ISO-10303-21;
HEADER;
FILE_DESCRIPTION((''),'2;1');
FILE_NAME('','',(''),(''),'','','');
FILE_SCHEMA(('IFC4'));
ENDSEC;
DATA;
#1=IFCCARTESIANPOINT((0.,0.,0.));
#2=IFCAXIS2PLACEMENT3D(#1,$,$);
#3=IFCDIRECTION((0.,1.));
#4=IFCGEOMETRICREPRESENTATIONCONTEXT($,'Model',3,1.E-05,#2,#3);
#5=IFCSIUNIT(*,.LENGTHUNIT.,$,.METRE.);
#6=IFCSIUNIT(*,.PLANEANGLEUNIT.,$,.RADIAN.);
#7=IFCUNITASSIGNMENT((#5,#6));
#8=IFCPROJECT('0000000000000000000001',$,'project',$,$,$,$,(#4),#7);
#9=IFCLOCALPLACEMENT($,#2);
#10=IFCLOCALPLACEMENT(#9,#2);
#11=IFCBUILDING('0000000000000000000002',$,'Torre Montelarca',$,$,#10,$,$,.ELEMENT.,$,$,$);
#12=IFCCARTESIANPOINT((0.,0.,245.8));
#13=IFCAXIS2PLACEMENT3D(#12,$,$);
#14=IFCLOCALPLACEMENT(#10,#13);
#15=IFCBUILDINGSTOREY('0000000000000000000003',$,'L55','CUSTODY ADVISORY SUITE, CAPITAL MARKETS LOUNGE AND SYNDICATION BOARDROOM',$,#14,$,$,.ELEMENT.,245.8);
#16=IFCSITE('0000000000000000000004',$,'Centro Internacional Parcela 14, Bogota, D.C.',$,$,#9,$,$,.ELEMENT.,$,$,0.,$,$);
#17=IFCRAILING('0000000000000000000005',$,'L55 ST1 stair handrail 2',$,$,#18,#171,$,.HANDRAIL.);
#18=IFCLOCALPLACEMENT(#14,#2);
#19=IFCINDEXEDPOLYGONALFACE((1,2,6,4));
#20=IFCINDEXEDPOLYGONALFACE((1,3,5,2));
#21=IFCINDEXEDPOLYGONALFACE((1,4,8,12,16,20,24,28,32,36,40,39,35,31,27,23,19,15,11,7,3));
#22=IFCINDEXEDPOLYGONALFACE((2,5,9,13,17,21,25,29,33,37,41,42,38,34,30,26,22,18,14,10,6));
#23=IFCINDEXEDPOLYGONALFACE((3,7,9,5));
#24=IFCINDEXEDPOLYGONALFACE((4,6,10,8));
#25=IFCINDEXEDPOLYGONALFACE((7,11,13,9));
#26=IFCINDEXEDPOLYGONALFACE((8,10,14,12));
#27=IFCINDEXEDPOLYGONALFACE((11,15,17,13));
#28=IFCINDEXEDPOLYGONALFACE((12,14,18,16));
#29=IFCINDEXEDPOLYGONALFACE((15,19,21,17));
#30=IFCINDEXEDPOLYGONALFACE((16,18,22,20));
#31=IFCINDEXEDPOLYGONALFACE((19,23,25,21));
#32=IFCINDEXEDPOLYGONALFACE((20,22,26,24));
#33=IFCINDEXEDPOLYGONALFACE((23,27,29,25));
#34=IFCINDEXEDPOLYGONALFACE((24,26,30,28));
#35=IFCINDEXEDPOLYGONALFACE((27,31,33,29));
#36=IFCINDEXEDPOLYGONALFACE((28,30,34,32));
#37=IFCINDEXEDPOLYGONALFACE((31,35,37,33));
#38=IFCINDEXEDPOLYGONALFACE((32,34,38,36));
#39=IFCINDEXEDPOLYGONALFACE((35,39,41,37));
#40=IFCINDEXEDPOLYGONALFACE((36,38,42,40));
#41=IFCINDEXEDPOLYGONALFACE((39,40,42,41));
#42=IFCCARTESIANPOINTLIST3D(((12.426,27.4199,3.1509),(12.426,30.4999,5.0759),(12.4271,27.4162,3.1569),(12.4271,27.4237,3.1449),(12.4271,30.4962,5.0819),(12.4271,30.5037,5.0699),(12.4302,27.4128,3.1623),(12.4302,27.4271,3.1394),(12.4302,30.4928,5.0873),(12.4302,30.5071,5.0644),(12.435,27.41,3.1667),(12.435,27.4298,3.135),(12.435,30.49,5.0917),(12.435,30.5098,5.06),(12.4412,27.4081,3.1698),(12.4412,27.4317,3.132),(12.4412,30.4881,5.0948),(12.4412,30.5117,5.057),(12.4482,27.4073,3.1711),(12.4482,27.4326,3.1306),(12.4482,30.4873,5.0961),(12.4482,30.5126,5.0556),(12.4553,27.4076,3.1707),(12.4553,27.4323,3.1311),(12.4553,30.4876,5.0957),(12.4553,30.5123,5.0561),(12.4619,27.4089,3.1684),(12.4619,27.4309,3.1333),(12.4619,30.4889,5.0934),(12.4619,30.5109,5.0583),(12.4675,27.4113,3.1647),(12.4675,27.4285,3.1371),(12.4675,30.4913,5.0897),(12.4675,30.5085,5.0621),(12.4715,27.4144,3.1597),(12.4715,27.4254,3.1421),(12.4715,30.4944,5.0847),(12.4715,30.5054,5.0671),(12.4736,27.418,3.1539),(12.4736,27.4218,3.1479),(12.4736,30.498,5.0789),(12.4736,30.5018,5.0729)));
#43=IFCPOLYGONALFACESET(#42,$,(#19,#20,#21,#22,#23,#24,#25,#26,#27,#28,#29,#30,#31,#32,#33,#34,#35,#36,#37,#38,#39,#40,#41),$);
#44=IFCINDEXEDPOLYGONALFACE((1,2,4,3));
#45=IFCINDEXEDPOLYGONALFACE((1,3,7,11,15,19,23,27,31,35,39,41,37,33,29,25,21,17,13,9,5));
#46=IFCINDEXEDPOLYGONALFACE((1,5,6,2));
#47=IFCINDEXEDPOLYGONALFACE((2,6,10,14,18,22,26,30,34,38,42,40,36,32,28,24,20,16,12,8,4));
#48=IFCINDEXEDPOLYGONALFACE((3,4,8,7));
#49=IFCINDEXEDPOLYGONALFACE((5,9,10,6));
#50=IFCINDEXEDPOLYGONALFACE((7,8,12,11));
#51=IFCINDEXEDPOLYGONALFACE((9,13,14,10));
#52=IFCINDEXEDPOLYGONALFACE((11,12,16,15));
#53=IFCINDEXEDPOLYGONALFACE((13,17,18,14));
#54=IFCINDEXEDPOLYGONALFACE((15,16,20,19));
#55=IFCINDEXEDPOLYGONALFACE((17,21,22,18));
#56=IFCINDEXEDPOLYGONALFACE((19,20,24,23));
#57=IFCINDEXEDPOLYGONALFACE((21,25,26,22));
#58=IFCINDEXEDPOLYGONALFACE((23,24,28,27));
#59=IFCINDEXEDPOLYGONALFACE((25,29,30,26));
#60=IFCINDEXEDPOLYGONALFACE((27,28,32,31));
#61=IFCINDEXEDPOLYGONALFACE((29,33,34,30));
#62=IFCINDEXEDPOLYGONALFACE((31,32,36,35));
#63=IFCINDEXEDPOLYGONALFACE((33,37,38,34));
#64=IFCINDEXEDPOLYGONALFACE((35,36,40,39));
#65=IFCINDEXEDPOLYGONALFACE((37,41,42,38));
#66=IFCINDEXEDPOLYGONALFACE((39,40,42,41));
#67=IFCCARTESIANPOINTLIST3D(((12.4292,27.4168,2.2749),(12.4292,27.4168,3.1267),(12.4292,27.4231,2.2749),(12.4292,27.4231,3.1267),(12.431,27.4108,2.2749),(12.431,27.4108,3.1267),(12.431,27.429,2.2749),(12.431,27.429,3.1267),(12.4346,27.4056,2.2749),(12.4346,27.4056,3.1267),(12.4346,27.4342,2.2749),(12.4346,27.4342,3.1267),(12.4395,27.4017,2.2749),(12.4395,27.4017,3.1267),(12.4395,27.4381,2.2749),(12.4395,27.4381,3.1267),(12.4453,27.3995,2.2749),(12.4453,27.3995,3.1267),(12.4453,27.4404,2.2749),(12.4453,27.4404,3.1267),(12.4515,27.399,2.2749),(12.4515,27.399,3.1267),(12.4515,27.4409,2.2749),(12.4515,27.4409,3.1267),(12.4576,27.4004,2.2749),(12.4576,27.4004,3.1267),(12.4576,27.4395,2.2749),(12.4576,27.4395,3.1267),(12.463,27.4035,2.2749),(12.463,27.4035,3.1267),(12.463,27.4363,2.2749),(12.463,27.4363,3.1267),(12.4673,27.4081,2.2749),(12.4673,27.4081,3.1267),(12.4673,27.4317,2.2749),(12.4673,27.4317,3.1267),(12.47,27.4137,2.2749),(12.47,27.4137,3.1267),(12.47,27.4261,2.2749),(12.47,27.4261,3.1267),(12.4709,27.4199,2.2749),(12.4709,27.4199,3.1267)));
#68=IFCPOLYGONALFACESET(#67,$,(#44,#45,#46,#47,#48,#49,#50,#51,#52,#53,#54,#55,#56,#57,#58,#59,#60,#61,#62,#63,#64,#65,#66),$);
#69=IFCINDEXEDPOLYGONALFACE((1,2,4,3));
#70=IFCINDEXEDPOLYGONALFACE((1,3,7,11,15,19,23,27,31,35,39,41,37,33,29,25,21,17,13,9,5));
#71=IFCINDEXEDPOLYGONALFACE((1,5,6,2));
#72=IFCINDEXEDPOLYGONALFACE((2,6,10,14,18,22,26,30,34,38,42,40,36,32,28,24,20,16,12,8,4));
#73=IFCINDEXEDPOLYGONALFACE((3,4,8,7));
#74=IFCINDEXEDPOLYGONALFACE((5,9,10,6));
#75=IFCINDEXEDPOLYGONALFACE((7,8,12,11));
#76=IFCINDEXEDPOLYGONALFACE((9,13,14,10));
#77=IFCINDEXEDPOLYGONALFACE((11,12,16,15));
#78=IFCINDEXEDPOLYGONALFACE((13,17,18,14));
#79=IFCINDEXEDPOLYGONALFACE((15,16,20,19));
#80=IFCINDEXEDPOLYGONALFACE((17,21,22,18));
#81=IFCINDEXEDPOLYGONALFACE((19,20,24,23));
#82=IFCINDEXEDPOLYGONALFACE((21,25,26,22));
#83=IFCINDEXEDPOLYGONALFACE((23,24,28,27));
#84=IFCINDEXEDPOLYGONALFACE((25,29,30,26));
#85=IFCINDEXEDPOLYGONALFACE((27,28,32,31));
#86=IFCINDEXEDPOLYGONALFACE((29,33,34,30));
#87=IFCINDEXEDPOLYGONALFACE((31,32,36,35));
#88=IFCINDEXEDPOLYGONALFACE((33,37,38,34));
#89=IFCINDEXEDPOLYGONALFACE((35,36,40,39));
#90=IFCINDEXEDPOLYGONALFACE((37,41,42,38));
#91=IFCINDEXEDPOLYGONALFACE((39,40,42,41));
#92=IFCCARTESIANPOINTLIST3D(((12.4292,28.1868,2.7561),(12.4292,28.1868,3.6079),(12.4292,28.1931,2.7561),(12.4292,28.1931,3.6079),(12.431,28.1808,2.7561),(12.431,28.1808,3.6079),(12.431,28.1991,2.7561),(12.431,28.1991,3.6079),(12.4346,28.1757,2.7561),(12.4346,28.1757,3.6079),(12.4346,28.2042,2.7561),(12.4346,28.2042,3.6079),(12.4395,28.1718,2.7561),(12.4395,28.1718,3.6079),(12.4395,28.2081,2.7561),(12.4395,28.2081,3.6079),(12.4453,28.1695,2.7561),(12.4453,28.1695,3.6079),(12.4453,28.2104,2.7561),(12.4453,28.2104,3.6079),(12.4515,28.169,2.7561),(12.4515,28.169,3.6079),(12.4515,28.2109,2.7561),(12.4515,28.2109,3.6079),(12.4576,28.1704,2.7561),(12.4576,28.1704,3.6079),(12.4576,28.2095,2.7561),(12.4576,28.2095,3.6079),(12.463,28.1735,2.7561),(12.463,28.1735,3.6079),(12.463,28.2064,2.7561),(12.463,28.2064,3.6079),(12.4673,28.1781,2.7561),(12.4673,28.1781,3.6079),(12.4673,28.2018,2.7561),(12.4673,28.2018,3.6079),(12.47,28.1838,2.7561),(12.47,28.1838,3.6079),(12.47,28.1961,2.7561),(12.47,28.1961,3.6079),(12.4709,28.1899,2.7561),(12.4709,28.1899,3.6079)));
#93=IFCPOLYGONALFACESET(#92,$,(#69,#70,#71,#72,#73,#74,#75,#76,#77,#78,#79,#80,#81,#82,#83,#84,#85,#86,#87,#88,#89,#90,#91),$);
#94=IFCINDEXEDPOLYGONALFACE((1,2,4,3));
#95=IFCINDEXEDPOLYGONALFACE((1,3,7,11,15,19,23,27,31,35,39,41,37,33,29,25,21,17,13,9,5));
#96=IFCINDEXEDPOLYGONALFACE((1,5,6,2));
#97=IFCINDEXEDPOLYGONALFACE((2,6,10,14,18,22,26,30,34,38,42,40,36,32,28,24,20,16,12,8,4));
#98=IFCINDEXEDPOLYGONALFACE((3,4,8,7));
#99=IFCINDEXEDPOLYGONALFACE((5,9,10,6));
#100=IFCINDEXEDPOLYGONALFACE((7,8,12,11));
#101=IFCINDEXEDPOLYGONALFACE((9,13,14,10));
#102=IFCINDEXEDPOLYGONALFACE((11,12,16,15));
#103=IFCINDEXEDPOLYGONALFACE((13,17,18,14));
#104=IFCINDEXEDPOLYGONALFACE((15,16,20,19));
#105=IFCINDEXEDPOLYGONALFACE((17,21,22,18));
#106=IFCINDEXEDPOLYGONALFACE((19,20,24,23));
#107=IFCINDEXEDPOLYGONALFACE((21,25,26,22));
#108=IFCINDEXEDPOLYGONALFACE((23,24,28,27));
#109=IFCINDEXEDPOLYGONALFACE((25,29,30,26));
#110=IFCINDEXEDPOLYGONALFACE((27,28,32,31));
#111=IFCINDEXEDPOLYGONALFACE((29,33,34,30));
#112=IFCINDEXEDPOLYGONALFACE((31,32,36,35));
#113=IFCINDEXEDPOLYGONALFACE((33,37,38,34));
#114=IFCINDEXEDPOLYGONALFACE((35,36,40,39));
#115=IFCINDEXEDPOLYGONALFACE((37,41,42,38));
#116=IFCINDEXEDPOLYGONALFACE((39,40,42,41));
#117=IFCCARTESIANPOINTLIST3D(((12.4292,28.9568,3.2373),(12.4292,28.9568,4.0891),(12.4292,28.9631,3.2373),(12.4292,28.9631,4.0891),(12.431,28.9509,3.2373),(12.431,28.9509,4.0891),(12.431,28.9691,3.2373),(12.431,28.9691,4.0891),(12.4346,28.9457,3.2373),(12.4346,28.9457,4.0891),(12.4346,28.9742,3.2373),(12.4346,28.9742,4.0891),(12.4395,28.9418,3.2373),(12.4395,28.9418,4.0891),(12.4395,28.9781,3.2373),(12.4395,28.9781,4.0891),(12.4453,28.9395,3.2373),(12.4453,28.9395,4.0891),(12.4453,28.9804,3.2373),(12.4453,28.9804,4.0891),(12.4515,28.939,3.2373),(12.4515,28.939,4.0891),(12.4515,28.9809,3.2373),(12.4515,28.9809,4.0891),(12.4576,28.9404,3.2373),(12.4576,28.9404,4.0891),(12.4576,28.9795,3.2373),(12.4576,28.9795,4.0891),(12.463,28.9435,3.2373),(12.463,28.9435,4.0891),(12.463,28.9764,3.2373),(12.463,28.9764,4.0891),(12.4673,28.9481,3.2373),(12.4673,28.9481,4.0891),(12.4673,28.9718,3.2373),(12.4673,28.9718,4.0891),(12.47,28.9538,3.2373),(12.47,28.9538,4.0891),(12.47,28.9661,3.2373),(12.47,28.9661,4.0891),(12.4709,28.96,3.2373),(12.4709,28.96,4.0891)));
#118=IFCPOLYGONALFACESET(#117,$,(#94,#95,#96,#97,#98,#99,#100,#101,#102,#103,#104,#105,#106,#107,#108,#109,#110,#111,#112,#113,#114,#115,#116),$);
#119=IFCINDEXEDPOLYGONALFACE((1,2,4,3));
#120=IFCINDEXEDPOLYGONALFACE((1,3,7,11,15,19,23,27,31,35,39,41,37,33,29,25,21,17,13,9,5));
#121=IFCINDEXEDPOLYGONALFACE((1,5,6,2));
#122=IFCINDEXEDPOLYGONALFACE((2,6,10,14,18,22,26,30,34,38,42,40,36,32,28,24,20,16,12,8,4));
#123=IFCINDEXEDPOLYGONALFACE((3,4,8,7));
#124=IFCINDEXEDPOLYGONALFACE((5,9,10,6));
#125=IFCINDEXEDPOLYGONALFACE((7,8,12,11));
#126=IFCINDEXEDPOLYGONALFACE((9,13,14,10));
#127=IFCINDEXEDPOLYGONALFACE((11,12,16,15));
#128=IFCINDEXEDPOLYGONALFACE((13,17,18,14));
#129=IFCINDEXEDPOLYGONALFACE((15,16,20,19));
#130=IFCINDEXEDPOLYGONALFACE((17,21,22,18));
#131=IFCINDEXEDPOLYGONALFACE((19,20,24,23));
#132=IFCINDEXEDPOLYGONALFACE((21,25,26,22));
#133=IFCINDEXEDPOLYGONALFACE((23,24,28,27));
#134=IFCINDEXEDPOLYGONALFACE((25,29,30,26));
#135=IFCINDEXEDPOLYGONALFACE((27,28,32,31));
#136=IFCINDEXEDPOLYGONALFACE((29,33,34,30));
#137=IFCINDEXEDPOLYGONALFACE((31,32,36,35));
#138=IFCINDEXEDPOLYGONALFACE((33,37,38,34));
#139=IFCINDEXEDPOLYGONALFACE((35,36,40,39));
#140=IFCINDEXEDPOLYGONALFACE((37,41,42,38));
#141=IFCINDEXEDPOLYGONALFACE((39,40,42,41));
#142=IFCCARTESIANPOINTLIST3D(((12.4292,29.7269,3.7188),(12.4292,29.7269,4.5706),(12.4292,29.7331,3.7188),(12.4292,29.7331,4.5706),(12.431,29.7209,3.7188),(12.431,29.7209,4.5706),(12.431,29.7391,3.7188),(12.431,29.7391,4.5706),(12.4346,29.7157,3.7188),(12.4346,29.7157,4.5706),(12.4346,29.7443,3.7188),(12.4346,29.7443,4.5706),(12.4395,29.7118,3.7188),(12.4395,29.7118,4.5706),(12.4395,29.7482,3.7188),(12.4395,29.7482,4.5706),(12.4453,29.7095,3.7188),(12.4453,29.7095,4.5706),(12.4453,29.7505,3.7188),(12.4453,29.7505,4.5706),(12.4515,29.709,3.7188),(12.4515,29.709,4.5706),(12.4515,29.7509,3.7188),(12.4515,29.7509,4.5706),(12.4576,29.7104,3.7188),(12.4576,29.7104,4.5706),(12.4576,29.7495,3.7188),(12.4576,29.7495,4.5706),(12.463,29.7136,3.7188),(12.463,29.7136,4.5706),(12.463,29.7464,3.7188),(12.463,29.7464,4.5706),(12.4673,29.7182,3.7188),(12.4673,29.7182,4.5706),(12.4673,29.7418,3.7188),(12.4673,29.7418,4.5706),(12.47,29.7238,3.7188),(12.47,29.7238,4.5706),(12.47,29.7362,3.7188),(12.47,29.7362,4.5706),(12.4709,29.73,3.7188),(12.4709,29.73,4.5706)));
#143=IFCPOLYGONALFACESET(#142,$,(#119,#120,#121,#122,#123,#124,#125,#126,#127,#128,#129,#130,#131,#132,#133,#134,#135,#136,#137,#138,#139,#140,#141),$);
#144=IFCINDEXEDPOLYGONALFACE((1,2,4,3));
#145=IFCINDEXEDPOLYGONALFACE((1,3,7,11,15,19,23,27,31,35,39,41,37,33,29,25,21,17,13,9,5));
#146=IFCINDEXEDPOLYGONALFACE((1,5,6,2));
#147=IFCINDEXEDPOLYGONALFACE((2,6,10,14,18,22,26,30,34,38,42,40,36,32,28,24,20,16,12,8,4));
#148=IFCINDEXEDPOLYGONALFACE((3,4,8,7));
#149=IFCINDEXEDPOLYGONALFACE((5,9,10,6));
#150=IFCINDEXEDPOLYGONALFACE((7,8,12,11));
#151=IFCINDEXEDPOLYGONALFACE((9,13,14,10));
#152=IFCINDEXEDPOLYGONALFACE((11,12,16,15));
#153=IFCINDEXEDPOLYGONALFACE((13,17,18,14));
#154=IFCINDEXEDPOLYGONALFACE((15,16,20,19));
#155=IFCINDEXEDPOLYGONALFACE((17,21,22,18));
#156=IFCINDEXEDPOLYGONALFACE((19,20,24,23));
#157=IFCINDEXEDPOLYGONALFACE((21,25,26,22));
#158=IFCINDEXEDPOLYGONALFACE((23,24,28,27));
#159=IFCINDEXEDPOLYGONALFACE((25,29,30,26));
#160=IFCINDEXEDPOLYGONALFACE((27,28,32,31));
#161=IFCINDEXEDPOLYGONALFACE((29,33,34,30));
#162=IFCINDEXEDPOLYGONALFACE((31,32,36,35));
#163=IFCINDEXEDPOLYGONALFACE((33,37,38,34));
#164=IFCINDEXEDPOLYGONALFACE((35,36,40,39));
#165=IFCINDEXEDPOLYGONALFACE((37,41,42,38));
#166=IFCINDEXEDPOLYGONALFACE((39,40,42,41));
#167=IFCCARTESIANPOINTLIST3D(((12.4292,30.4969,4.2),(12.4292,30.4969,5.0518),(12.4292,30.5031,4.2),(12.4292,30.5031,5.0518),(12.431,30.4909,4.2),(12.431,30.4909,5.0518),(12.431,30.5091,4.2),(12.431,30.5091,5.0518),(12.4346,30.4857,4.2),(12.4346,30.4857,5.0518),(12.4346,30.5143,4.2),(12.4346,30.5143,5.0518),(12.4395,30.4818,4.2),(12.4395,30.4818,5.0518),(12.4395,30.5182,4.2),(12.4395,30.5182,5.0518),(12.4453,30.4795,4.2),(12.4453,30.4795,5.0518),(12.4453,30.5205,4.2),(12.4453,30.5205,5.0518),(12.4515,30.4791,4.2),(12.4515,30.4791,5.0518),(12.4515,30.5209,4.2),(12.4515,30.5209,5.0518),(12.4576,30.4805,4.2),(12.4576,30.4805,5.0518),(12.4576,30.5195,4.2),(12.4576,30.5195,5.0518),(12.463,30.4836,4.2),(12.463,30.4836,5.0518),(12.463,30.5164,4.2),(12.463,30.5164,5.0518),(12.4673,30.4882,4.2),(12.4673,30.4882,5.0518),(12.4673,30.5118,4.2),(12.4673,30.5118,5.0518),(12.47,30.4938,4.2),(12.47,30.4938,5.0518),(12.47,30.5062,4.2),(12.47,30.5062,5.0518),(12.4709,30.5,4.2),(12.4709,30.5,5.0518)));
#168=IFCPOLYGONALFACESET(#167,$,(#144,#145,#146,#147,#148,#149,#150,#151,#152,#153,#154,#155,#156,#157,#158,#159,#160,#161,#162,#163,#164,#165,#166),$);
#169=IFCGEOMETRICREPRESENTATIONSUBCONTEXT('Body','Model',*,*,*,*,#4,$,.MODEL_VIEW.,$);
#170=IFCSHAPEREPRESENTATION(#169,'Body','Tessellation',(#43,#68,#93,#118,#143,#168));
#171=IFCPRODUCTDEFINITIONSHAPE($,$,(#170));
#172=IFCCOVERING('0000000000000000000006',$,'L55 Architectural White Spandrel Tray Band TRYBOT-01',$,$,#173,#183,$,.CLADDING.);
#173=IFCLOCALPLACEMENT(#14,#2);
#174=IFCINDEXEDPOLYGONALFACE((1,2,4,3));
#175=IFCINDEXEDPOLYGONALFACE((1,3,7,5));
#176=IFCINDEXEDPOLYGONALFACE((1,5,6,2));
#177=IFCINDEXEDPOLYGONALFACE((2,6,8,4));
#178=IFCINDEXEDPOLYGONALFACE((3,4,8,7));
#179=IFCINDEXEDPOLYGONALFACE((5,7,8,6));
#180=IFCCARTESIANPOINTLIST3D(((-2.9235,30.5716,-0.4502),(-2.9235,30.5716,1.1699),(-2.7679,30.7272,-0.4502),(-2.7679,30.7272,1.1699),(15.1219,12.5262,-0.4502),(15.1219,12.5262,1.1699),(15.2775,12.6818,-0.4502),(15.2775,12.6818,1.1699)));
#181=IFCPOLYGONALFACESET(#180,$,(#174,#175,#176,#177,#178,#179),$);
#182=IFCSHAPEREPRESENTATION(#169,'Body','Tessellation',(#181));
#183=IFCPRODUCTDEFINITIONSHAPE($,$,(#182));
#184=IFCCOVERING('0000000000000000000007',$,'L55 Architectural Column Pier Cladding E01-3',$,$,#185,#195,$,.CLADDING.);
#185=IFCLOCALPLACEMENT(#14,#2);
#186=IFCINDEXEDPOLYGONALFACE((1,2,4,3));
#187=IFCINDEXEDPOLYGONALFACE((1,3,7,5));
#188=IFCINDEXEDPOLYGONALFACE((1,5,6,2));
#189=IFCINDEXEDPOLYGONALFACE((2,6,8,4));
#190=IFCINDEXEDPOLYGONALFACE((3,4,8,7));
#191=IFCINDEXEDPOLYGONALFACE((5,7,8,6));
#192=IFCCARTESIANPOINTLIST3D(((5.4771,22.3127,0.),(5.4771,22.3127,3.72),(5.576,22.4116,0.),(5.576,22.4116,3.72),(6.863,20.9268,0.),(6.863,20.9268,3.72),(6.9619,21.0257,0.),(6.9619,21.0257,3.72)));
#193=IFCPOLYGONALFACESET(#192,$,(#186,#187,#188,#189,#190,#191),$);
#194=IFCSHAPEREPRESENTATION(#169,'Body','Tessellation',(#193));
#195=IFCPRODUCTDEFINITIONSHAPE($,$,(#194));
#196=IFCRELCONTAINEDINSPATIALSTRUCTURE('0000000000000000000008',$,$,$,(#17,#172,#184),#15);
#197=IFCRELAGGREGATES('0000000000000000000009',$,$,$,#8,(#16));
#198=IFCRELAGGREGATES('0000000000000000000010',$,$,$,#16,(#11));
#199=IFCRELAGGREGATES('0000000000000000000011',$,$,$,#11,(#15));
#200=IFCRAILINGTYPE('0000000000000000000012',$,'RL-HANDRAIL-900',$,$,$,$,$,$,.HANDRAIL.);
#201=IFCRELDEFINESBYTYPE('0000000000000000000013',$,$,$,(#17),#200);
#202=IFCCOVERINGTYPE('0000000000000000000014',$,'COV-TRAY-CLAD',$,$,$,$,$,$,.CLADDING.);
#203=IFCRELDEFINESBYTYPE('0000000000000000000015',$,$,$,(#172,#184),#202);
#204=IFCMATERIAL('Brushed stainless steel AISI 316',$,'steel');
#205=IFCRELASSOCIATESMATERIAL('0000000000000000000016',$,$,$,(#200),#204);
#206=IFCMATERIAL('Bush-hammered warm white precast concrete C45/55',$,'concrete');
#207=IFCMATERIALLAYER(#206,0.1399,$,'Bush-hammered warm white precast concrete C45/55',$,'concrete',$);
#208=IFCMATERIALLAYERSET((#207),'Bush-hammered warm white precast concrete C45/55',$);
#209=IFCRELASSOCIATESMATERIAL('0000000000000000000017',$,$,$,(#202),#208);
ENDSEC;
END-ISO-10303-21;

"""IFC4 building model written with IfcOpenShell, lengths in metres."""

from ifc_helpers import new_model, si_unit, direction, frame, origin, origin_2d, place, context, subcontext, project, spatial, rectangle, circle, extrude, source, transform, mapped, material, layer, layer_set, type_object, element, save


model = new_model("IFC4")

# Units and contexts
model_context = context("Model", 3, precision=1e-05, world=origin(), true_north=direction((0.0, 1.0)))
body_context = subcontext(model_context, "Body", "Model", "MODEL_VIEW")
ifc_project = project(units=[si_unit("LENGTHUNIT", "METRE"), si_unit("PLANEANGLEUNIT", "RADIAN")], contexts=[model_context])

# Site, building, storey
site_placement = place(None, origin())
site = spatial("IfcSite", under=ifc_project, at=site_placement, Name="Centro Internacional Parcela 14, Bogota, D.C.", CompositionType="ELEMENT", RefElevation=0.0)
building_placement = place(site_placement, origin())
building = spatial("IfcBuilding", under=site, at=building_placement, Name="Torre Montelarca", CompositionType="ELEMENT")
storey_placement = place(building_placement, frame((0.0, 0.0, 245.8)))
storey = spatial("IfcBuildingStorey", under=building, at=storey_placement, Name="L55", Description="CUSTODY ADVISORY SUITE, CAPITAL MARKETS LOUNGE AND SYNDICATION BOARDROOM", CompositionType="ELEMENT", Elevation=245.8)

# Railing
ifc_material_1 = material(Name="Brushed stainless steel AISI 316", Category="steel")
railing_type_1 = type_object("IfcRailingType", Name="RL-HANDRAIL-900", PredefinedType="HANDRAIL", material=ifc_material_1)
railing_1_placement = place(storey_placement, frame((12.45, 27.4199, 2.2749)))
element("IfcRailing", 1, at=railing_1_placement, inside=storey, type_object=railing_type_1, Name="L55 ST1 stair handrail 2", PredefinedType="HANDRAIL", context=body_context, shape_type="SweptSolid", body=[
    extrude(circle(Radius=0.0239, at=origin_2d()), frame((0.0, 0.0, 0.876), z_axis=(0.0, 0.847998, 0.529999), x_axis=(-1.0, 0.0, 0.0)), (0.0, 0.0, 1.0), 3.6321),
    extrude(circle(Radius=0.021, at=origin_2d()), origin(), (0.0, 0.0, 1.0), 0.8518),
    extrude(circle(Radius=0.021, at=origin_2d()), frame((0.0, 0.77, 0.4812)), (0.0, 0.0, 1.0), 0.8518),
    extrude(circle(Radius=0.021, at=origin_2d()), frame((0.0, 1.54, 0.9624)), (0.0, 0.0, 1.0), 0.8518),
    extrude(circle(Radius=0.021, at=origin_2d()), frame((0.0, 2.3101, 1.4438)), (0.0, 0.0, 1.0), 0.8518),
    extrude(circle(Radius=0.021, at=origin_2d()), frame((0.0, 3.0801, 1.925)), (0.0, 0.0, 1.0), 0.8518),
])

# Coverings
ifc_material_2 = material(Name="Bush-hammered warm white precast concrete C45/55", Category="concrete")
ifc_layer_1 = layer(ifc_material_2, 0.1399, Name="Bush-hammered warm white precast concrete C45/55", Category="concrete")
ifc_layer_set_1 = layer_set([ifc_layer_1], Name="Bush-hammered warm white precast concrete C45/55")
covering_type = type_object("IfcCoveringType", Name="COV-TRAY-CLAD", PredefinedType="CLADDING", material=ifc_layer_set_1)
shared_shape_1 = source(origin(), body_context, "Body", "SweptSolid", [
    extrude(rectangle(XDim=25.52, YDim=0.22, at=origin_2d()), origin(), (0.0, 0.0, 1.0), 1.6201),
])
covering_1_placement = place(storey_placement, frame((6.177, 21.6267, -0.4502), z_axis=(0.0, 0.0, 1.0), x_axis=(0.707107, -0.707107, 0.0)))
element("IfcCovering", 2, at=covering_1_placement, inside=storey, type_object=covering_type, Name="L55 Architectural White Spandrel Tray Band TRYBOT-01", PredefinedType="CLADDING", context=body_context, shape_type="MappedRepresentation", body=[
    mapped(shared_shape_1, transform((0.0, 0.0, 0.0), scale=1.0)),
])
shared_shape_2 = source(origin(), body_context, "Body", "SweptSolid", [
    extrude(rectangle(XDim=1.96, YDim=0.1399, at=origin_2d()), origin(), (0.0, 0.0, 1.0), 3.72),
])
covering_2_placement = place(storey_placement, frame((6.2195, 21.6692, 0.0), z_axis=(0.0, 0.0, 1.0), x_axis=(0.707107, -0.707107, 0.0)))
element("IfcCovering", 3, at=covering_2_placement, inside=storey, type_object=covering_type, Name="L55 Architectural Column Pier Cladding E01-3", PredefinedType="CLADDING", context=body_context, shape_type="MappedRepresentation", body=[
    mapped(shared_shape_2, transform((0.0, 0.0, 0.0), scale=1.0)),
])

save(model, "model.ifc")
